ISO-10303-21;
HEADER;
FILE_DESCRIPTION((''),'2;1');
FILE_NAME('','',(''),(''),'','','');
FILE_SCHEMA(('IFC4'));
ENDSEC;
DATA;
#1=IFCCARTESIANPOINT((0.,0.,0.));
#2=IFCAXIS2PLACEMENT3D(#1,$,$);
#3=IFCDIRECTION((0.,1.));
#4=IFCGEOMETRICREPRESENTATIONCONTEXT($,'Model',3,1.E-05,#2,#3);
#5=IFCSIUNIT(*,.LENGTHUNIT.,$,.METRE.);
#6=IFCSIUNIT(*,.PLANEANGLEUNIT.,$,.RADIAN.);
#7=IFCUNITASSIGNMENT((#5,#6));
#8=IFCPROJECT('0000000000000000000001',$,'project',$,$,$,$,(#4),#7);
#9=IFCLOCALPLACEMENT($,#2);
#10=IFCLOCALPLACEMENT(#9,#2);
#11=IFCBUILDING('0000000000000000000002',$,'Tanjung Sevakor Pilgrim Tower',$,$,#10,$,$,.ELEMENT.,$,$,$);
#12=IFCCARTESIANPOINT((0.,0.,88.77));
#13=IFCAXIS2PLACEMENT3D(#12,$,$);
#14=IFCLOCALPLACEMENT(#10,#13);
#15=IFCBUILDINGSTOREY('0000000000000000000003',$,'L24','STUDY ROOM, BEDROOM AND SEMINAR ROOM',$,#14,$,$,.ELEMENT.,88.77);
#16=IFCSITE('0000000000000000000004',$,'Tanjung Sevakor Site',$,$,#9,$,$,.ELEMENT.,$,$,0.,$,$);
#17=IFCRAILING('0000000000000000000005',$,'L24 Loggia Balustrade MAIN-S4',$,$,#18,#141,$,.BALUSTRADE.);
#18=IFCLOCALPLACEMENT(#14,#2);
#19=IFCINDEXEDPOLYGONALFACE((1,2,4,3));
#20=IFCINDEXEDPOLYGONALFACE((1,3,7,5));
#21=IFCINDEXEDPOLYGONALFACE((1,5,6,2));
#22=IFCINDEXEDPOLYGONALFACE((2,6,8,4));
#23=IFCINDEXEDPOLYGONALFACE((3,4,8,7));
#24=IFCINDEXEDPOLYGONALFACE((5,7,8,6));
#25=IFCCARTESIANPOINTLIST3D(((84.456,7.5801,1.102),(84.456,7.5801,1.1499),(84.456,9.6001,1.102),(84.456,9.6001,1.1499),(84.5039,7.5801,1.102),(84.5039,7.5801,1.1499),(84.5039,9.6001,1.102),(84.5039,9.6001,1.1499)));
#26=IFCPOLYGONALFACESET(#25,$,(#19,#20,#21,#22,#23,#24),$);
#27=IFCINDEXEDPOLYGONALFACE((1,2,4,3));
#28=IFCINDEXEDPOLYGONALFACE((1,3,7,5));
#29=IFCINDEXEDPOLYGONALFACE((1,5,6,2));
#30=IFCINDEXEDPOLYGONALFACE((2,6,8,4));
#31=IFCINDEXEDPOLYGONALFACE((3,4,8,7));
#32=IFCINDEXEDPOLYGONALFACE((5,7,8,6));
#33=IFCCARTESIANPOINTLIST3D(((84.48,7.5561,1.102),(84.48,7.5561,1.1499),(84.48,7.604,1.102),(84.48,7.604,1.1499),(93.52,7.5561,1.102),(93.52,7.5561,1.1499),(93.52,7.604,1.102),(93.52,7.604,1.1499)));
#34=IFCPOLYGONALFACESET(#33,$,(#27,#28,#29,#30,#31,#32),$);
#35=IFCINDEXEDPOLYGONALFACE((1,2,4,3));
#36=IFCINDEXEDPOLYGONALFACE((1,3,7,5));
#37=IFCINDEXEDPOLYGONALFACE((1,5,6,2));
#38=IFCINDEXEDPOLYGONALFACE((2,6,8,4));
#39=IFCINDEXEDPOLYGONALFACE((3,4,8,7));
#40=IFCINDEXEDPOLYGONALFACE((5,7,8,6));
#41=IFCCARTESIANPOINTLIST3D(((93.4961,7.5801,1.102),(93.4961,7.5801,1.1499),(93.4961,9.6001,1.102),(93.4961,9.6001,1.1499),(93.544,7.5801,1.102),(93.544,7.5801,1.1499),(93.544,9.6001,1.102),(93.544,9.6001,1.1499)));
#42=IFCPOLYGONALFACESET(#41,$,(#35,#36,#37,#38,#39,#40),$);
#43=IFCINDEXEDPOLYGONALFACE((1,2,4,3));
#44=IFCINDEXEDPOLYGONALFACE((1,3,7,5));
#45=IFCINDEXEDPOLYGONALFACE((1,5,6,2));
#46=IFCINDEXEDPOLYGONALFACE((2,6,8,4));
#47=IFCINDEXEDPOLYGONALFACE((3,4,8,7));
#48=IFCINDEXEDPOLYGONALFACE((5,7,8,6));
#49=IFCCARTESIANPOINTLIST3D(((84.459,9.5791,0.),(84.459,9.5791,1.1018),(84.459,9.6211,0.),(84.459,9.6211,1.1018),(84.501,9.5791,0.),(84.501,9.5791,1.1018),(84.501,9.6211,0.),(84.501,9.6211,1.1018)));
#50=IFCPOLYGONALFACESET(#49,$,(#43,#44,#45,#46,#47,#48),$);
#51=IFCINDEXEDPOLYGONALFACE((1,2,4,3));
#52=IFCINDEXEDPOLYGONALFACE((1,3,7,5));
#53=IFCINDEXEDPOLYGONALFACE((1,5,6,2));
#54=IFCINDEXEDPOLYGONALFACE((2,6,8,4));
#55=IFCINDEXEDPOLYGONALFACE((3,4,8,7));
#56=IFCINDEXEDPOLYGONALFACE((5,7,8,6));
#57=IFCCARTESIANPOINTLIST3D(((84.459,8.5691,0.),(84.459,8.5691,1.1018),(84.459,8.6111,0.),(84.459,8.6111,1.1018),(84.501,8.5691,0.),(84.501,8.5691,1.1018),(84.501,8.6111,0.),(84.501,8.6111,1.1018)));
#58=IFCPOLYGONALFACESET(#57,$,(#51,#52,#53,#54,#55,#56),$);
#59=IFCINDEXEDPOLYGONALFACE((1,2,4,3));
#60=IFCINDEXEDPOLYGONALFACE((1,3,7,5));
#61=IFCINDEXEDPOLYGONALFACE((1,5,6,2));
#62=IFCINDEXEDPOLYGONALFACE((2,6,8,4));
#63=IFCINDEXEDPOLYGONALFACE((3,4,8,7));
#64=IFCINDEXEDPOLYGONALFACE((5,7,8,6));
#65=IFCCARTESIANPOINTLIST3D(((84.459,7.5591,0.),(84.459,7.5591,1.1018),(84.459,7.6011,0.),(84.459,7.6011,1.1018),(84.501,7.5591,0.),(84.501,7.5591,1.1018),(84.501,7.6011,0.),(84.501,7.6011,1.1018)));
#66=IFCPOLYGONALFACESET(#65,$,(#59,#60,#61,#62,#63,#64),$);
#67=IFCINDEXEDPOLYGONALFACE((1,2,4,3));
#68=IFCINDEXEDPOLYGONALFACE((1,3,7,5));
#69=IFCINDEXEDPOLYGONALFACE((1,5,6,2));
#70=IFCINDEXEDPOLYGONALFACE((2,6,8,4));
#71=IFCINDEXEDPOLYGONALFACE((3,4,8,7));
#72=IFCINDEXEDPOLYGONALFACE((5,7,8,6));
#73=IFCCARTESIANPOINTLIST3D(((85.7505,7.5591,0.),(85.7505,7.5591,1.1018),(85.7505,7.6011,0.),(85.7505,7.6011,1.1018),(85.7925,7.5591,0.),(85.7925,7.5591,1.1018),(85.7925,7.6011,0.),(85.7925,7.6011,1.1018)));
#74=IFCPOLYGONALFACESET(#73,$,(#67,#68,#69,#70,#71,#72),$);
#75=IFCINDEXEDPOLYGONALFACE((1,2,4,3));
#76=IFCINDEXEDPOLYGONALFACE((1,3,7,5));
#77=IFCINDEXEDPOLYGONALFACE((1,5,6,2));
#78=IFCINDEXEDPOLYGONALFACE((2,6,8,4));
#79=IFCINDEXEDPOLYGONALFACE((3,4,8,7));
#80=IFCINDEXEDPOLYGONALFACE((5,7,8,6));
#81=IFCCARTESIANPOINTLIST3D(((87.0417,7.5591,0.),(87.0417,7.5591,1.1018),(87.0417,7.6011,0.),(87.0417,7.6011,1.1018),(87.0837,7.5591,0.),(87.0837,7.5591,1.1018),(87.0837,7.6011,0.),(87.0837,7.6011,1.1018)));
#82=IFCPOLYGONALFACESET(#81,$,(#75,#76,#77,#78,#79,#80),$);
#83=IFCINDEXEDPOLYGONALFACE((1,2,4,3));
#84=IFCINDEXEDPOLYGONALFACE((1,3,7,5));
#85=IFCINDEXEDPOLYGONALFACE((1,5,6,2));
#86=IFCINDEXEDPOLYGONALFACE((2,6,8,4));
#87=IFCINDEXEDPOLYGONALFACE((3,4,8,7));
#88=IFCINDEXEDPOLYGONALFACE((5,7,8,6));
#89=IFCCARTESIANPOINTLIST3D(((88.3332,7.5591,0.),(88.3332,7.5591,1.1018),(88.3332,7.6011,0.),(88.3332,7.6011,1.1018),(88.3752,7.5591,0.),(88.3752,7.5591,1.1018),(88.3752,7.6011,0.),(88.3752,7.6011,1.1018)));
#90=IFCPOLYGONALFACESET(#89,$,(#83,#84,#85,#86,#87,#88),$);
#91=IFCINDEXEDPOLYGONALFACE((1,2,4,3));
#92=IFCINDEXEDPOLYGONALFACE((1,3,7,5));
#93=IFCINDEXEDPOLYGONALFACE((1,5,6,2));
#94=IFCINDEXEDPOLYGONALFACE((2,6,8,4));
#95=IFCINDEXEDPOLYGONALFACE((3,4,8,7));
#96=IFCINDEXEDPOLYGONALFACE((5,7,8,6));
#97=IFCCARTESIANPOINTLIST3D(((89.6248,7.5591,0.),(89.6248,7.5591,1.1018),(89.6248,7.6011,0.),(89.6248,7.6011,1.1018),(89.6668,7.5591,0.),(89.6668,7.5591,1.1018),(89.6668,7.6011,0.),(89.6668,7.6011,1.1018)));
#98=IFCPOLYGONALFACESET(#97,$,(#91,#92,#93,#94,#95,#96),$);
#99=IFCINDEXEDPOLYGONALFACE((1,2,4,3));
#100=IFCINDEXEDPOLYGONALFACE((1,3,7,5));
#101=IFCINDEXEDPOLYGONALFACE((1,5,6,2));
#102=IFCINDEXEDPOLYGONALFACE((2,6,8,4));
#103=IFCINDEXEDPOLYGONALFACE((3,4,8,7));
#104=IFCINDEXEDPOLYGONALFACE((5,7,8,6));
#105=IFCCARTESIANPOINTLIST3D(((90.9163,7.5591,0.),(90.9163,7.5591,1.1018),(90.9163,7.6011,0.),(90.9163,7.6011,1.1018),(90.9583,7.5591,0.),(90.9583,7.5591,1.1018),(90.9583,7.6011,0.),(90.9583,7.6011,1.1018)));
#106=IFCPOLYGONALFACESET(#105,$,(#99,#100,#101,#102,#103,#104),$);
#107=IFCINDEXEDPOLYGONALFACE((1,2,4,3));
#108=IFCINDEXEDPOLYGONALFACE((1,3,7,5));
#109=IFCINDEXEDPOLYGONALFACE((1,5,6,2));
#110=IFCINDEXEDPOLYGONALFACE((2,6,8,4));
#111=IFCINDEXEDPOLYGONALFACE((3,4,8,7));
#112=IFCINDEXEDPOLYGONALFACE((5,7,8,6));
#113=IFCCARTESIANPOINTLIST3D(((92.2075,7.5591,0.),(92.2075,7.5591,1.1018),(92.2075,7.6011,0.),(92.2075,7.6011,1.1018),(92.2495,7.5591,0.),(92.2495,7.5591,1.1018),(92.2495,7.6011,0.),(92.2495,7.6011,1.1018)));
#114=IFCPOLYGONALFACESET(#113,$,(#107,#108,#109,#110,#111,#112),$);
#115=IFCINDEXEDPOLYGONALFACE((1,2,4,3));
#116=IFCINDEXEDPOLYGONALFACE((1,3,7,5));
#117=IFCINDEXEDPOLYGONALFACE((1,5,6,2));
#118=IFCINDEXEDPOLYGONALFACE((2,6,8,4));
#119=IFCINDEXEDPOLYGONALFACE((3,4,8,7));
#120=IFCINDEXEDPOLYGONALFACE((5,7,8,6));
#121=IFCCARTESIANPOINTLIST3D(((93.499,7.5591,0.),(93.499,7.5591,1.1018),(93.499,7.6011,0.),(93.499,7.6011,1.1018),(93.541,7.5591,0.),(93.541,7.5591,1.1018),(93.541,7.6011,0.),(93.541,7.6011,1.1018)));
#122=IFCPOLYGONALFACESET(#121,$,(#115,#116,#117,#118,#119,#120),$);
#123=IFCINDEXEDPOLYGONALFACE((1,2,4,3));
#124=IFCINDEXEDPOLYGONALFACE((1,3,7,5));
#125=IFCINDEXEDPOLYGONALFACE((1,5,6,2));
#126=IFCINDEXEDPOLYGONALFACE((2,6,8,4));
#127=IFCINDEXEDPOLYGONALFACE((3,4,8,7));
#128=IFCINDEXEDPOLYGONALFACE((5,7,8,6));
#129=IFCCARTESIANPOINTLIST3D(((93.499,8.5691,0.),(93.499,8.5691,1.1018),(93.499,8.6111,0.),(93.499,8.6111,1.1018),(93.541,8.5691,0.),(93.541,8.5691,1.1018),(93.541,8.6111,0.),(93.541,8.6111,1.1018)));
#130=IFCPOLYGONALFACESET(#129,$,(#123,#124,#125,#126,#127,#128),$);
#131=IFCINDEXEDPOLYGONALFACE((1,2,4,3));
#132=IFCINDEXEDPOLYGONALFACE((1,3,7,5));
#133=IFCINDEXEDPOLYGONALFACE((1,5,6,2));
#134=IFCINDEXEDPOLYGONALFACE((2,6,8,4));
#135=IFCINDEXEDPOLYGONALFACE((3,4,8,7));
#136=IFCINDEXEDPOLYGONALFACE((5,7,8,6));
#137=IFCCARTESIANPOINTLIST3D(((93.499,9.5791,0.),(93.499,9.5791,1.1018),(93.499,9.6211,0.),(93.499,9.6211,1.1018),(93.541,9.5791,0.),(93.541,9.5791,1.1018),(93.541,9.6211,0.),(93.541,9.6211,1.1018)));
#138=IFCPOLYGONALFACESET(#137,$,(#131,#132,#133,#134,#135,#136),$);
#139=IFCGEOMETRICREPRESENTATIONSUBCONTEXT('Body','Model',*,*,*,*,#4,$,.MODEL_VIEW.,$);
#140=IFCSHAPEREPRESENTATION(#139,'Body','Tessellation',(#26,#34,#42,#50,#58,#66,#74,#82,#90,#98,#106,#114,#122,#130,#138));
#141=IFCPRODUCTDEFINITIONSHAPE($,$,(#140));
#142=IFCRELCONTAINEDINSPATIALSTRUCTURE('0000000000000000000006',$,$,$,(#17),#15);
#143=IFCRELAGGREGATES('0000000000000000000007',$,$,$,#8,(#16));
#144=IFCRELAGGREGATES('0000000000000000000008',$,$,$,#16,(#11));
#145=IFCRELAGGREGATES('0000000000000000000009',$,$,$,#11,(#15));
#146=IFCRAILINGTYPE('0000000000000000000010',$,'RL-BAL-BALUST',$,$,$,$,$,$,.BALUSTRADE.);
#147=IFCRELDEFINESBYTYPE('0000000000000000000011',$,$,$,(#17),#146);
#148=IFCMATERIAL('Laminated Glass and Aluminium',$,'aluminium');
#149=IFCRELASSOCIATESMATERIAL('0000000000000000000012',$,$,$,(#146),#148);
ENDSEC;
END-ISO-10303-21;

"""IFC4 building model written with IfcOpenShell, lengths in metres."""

from ifc_helpers import new_model, si_unit, direction, frame, origin, place, context, subcontext, project, spatial, rectangle, extrude, material, type_object, element, save


model = new_model("IFC4")

# Units and contexts
model_context = context("Model", 3, precision=1e-05, world=origin(), true_north=direction((0.0, 1.0)))
body_context = subcontext(model_context, "Body", "Model", "MODEL_VIEW")
ifc_project = project(units=[si_unit("LENGTHUNIT", "METRE"), si_unit("PLANEANGLEUNIT", "RADIAN")], contexts=[model_context])

# Site, building, storey
site_placement = place(None, origin())
site = spatial("IfcSite", under=ifc_project, at=site_placement, Name="Tanjung Sevakor Site", CompositionType="ELEMENT", RefElevation=0.0)
building_placement = place(site_placement, origin())
building = spatial("IfcBuilding", under=site, at=building_placement, Name="Tanjung Sevakor Pilgrim Tower", CompositionType="ELEMENT")
storey_placement = place(building_placement, frame((0.0, 0.0, 88.77)))
storey = spatial("IfcBuildingStorey", under=building, at=storey_placement, Name="L24", Description="STUDY ROOM, BEDROOM AND SEMINAR ROOM", CompositionType="ELEMENT", Elevation=88.77)

# Railing
ifc_material_1 = material(Name="Laminated Glass and Aluminium", Category="aluminium")
railing_type = type_object("IfcRailingType", Name="RL-BAL-BALUST", PredefinedType="BALUSTRADE", material=ifc_material_1)
railing_placement = place(storey_placement, frame((84.48, 9.6001, 0.0)))
element("IfcRailing", 1, at=railing_placement, inside=storey, type_object=railing_type, Name="L24 Loggia Balustrade MAIN-S4", PredefinedType="BALUSTRADE", context=body_context, shape_type="SweptSolid", body=[
    extrude(rectangle(XDim=0.0479, YDim=0.0479), frame((0.0, 0.0, 1.126), z_axis=(0.0, -1.0, 0.0), x_axis=(1.0, 0.0, 0.0)), (0.0, 0.0, 1.0), 2.02),
    extrude(rectangle(XDim=0.0479, YDim=0.0479), frame((0.0, -2.02, 1.126), z_axis=(1.0, 0.0, 0.0), x_axis=(0.0, 1.0, 0.0)), (0.0, 0.0, 1.0), 9.04),
    extrude(rectangle(XDim=0.0479, YDim=0.0479), frame((9.04, -2.02, 1.126), z_axis=(0.0, 1.0, 0.0), x_axis=(-1.0, 0.0, 0.0)), (0.0, 0.0, 1.0), 2.02),
    extrude(rectangle(XDim=0.042, YDim=0.042), origin(), (0.0, 0.0, 1.0), 1.1018),
    extrude(rectangle(XDim=0.042, YDim=0.042), frame((0.0, -1.01, 0.0)), (0.0, 0.0, 1.0), 1.1018),
    extrude(rectangle(XDim=0.042, YDim=0.042), frame((0.0, -2.02, 0.0)), (0.0, 0.0, 1.0), 1.1018),
    extrude(rectangle(XDim=0.042, YDim=0.042), frame((1.2915, -2.02, 0.0)), (0.0, 0.0, 1.0), 1.1018),
    extrude(rectangle(XDim=0.042, YDim=0.042), frame((2.5828, -2.02, 0.0)), (0.0, 0.0, 1.0), 1.1018),
    extrude(rectangle(XDim=0.042, YDim=0.042), frame((3.8743, -2.02, 0.0)), (0.0, 0.0, 1.0), 1.1018),
    extrude(rectangle(XDim=0.042, YDim=0.042), frame((5.1658, -2.02, 0.0)), (0.0, 0.0, 1.0), 1.1018),
    extrude(rectangle(XDim=0.042, YDim=0.042), frame((6.4573, -2.02, 0.0)), (0.0, 0.0, 1.0), 1.1018),
    extrude(rectangle(XDim=0.042, YDim=0.042), frame((7.7485, -2.02, 0.0)), (0.0, 0.0, 1.0), 1.1018),
    extrude(rectangle(XDim=0.042, YDim=0.042), frame((9.04, -2.02, 0.0)), (0.0, 0.0, 1.0), 1.1018),
    extrude(rectangle(XDim=0.042, YDim=0.042), frame((9.04, -1.01, 0.0)), (0.0, 0.0, 1.0), 1.1018),
    extrude(rectangle(XDim=0.042, YDim=0.042), frame((9.04, 0.0, 0.0)), (0.0, 0.0, 1.0), 1.1018),
])

save(model, "model.ifc")
